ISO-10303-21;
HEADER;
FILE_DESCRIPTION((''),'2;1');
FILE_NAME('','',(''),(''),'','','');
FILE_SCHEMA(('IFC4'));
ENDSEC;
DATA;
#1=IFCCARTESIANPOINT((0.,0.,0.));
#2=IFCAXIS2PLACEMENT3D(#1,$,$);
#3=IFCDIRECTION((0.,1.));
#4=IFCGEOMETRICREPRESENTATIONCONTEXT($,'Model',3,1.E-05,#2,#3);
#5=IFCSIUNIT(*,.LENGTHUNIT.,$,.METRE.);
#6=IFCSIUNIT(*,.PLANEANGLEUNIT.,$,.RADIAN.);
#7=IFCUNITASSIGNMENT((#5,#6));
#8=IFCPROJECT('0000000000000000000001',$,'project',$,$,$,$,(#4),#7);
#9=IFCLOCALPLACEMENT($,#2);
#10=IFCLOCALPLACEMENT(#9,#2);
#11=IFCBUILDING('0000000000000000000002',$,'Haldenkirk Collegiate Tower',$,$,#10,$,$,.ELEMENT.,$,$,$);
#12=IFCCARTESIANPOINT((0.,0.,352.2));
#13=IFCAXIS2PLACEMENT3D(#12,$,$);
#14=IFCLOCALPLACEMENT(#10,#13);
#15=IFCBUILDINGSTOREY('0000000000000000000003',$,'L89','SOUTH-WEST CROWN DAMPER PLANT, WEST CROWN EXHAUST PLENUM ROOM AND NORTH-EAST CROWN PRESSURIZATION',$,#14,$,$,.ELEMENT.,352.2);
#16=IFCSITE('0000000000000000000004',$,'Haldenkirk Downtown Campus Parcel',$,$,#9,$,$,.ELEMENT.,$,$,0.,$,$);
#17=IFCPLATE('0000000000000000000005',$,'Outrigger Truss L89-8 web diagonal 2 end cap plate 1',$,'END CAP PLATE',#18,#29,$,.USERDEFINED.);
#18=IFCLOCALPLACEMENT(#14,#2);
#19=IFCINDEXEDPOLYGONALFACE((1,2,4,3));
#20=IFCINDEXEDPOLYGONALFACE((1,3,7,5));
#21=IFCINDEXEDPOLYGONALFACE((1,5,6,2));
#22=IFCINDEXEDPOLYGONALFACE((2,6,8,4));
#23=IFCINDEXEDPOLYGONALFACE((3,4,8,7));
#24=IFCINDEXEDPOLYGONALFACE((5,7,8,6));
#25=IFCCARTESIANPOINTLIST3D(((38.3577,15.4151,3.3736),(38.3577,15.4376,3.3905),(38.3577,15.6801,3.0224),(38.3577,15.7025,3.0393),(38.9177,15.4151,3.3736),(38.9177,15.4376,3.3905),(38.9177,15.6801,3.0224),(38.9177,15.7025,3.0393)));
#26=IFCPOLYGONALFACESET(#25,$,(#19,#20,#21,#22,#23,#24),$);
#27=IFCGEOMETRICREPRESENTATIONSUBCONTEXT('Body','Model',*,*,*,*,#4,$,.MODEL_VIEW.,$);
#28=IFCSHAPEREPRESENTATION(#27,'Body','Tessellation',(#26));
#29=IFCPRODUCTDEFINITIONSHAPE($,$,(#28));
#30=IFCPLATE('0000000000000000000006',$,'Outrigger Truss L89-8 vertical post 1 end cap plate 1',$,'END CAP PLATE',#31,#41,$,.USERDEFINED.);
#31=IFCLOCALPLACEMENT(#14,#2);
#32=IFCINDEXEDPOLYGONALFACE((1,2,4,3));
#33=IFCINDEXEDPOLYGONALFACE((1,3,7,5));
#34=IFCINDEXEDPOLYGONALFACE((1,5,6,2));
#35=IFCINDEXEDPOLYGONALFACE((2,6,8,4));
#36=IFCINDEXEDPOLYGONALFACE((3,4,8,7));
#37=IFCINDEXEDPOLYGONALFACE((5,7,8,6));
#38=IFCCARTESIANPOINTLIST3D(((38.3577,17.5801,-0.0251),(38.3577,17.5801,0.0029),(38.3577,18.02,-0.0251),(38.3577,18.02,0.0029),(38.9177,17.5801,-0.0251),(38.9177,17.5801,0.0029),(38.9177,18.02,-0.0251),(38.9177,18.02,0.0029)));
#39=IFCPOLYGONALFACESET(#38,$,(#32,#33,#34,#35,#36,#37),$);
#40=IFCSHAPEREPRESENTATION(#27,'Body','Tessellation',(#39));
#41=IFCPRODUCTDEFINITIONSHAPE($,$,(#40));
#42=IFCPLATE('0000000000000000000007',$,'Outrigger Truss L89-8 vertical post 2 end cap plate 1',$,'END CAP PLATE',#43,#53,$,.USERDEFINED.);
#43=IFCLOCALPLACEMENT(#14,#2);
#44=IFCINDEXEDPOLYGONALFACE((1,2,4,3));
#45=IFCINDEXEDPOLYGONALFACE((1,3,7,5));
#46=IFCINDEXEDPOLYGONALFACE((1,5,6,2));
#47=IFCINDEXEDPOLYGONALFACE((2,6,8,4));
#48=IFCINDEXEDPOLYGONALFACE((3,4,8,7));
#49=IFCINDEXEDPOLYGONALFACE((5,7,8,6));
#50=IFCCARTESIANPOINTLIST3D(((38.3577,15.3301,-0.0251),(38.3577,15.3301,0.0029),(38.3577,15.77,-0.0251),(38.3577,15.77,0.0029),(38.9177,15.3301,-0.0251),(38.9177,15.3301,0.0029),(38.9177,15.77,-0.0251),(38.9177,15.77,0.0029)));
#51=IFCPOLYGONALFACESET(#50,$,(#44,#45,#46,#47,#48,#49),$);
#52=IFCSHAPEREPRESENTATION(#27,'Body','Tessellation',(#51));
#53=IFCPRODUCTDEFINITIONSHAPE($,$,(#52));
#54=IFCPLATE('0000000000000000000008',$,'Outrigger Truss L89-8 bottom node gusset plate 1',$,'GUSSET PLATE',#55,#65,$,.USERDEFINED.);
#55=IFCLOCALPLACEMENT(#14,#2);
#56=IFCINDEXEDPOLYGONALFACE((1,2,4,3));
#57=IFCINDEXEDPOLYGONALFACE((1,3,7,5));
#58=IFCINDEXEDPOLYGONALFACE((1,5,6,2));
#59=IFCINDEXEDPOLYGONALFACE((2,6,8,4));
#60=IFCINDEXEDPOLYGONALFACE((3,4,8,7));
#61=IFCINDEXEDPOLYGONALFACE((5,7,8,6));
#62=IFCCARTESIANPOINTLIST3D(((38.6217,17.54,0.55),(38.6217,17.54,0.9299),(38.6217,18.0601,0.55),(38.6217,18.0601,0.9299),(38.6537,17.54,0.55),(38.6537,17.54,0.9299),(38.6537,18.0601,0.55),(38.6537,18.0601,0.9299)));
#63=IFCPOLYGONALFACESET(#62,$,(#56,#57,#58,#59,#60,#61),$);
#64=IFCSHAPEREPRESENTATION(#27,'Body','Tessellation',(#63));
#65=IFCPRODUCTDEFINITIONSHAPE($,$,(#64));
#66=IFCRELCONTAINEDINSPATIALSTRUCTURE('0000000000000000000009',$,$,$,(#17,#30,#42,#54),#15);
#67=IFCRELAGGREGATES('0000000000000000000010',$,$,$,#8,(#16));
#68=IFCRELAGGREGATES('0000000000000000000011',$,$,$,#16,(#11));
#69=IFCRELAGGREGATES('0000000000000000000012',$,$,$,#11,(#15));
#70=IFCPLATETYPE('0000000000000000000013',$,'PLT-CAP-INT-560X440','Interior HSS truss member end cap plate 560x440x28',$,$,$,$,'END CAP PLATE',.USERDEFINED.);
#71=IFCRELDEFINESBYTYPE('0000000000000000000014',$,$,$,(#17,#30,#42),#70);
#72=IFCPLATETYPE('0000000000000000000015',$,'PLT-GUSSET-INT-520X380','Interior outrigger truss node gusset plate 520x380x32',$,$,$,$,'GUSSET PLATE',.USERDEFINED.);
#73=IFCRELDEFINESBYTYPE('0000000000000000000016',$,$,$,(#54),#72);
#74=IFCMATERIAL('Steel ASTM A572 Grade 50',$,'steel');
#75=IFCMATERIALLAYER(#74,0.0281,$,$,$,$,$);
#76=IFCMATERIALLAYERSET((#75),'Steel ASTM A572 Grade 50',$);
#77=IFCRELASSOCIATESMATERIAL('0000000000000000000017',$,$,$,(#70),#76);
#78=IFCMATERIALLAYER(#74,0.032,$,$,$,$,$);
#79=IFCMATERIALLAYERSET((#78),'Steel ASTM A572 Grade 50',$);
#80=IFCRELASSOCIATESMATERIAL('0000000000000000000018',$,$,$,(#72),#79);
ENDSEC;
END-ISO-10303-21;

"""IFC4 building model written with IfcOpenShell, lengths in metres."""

from ifc_helpers import new_model, si_unit, direction, frame, origin, origin_2d, place, context, subcontext, project, spatial, rectangle, extrude, source, transform, mapped, material, layer, layer_set, type_object, element, save


model = new_model("IFC4")

# Units and contexts
model_context = context("Model", 3, precision=1e-05, world=origin(), true_north=direction((0.0, 1.0)))
body_context = subcontext(model_context, "Body", "Model", "MODEL_VIEW")
ifc_project = project(units=[si_unit("LENGTHUNIT", "METRE"), si_unit("PLANEANGLEUNIT", "RADIAN")], contexts=[model_context])

# Site, building, storey
site_placement = place(None, origin())
site = spatial("IfcSite", under=ifc_project, at=site_placement, Name="Haldenkirk Downtown Campus Parcel", CompositionType="ELEMENT", RefElevation=0.0)
building_placement = place(site_placement, origin())
building = spatial("IfcBuilding", under=site, at=building_placement, Name="Haldenkirk Collegiate Tower", CompositionType="ELEMENT")
storey_placement = place(building_placement, frame((0.0, 0.0, 352.2)))
storey = spatial("IfcBuildingStorey", under=building, at=storey_placement, Name="L89", Description="SOUTH-WEST CROWN DAMPER PLANT, WEST CROWN EXHAUST PLENUM ROOM AND NORTH-EAST CROWN PRESSURIZATION", CompositionType="ELEMENT", Elevation=352.2)

# Shared definitions
ifc_material_1 = material(Name="Steel ASTM A572 Grade 50", Category="steel")

# Plates
ifc_layer_1 = layer(ifc_material_1, 0.0281)
ifc_layer_set_1 = layer_set([ifc_layer_1], Name="Steel ASTM A572 Grade 50")
plate_type_1 = type_object("IfcPlateType", Name="PLT-CAP-INT-560X440", Description="Interior HSS truss member end cap plate 560x440x28", ElementType="END CAP PLATE", PredefinedType="USERDEFINED", material=ifc_layer_set_1)
shared_shape_1 = source(origin(), body_context, "Body", "SweptSolid", [
    extrude(rectangle(XDim=0.5601, YDim=0.4399, at=origin_2d()), origin(), (0.0, 0.0, 1.0), 0.0281),
])
for number, where, z_axis, x_axis, name in (
    (1, (38.6377, 15.5476, 3.198), (0.0, 0.798342, 0.602205), (-1.0, 0.0, 0.0), "Outrigger Truss L89-8 web diagonal 2 end cap plate 1"),
    (2, (38.6377, 17.8, 0.0029), (0.0, 0.0, -1.0), (1.0, 0.0, 0.0), "Outrigger Truss L89-8 vertical post 1 end cap plate 1"),
    (3, (38.6377, 15.55, 0.0029), (0.0, 0.0, -1.0), (1.0, 0.0, 0.0), "Outrigger Truss L89-8 vertical post 2 end cap plate 1"),
):
    element("IfcPlate", number, at=place(storey_placement, frame(where, z_axis=z_axis, x_axis=x_axis)), inside=storey, type_object=plate_type_1, Name=name, ObjectType="END CAP PLATE", PredefinedType="USERDEFINED", context=body_context, shape_type="MappedRepresentation", body=[
        mapped(shared_shape_1, transform((0.0, 0.0, 0.0), x_axis=(1.0, 0.0, 0.0), y_axis=(0.0, 1.0, 0.0), z_axis=(0.0, 0.0, 1.0), scale=1.0)),
    ])
ifc_layer_2 = layer(ifc_material_1, 0.032)
ifc_layer_set_2 = layer_set([ifc_layer_2], Name="Steel ASTM A572 Grade 50")
plate_type_2 = type_object("IfcPlateType", Name="PLT-GUSSET-INT-520X380", Description="Interior outrigger truss node gusset plate 520x380x32", ElementType="GUSSET PLATE", PredefinedType="USERDEFINED", material=ifc_layer_set_2)
shared_shape_2 = source(origin(), body_context, "Body", "SweptSolid", [
    extrude(rectangle(XDim=0.52, YDim=0.032, at=origin_2d()), origin(), (0.0, 0.0, 1.0), 0.3799),
])
plate_placement = place(storey_placement, frame((38.6377, 17.8, 0.55), z_axis=(0.0, 0.0, 1.0), x_axis=(0.0, -1.0, 0.0)))
element("IfcPlate", 4, at=plate_placement, inside=storey, type_object=plate_type_2, Name="Outrigger Truss L89-8 bottom node gusset plate 1", ObjectType="GUSSET PLATE", PredefinedType="USERDEFINED", context=body_context, shape_type="MappedRepresentation", body=[
    mapped(shared_shape_2, transform((0.0, 0.0, 0.0), x_axis=(1.0, 0.0, 0.0), y_axis=(0.0, 1.0, 0.0), z_axis=(0.0, 0.0, 1.0), scale=1.0)),
])

save(model, "model.ifc")
